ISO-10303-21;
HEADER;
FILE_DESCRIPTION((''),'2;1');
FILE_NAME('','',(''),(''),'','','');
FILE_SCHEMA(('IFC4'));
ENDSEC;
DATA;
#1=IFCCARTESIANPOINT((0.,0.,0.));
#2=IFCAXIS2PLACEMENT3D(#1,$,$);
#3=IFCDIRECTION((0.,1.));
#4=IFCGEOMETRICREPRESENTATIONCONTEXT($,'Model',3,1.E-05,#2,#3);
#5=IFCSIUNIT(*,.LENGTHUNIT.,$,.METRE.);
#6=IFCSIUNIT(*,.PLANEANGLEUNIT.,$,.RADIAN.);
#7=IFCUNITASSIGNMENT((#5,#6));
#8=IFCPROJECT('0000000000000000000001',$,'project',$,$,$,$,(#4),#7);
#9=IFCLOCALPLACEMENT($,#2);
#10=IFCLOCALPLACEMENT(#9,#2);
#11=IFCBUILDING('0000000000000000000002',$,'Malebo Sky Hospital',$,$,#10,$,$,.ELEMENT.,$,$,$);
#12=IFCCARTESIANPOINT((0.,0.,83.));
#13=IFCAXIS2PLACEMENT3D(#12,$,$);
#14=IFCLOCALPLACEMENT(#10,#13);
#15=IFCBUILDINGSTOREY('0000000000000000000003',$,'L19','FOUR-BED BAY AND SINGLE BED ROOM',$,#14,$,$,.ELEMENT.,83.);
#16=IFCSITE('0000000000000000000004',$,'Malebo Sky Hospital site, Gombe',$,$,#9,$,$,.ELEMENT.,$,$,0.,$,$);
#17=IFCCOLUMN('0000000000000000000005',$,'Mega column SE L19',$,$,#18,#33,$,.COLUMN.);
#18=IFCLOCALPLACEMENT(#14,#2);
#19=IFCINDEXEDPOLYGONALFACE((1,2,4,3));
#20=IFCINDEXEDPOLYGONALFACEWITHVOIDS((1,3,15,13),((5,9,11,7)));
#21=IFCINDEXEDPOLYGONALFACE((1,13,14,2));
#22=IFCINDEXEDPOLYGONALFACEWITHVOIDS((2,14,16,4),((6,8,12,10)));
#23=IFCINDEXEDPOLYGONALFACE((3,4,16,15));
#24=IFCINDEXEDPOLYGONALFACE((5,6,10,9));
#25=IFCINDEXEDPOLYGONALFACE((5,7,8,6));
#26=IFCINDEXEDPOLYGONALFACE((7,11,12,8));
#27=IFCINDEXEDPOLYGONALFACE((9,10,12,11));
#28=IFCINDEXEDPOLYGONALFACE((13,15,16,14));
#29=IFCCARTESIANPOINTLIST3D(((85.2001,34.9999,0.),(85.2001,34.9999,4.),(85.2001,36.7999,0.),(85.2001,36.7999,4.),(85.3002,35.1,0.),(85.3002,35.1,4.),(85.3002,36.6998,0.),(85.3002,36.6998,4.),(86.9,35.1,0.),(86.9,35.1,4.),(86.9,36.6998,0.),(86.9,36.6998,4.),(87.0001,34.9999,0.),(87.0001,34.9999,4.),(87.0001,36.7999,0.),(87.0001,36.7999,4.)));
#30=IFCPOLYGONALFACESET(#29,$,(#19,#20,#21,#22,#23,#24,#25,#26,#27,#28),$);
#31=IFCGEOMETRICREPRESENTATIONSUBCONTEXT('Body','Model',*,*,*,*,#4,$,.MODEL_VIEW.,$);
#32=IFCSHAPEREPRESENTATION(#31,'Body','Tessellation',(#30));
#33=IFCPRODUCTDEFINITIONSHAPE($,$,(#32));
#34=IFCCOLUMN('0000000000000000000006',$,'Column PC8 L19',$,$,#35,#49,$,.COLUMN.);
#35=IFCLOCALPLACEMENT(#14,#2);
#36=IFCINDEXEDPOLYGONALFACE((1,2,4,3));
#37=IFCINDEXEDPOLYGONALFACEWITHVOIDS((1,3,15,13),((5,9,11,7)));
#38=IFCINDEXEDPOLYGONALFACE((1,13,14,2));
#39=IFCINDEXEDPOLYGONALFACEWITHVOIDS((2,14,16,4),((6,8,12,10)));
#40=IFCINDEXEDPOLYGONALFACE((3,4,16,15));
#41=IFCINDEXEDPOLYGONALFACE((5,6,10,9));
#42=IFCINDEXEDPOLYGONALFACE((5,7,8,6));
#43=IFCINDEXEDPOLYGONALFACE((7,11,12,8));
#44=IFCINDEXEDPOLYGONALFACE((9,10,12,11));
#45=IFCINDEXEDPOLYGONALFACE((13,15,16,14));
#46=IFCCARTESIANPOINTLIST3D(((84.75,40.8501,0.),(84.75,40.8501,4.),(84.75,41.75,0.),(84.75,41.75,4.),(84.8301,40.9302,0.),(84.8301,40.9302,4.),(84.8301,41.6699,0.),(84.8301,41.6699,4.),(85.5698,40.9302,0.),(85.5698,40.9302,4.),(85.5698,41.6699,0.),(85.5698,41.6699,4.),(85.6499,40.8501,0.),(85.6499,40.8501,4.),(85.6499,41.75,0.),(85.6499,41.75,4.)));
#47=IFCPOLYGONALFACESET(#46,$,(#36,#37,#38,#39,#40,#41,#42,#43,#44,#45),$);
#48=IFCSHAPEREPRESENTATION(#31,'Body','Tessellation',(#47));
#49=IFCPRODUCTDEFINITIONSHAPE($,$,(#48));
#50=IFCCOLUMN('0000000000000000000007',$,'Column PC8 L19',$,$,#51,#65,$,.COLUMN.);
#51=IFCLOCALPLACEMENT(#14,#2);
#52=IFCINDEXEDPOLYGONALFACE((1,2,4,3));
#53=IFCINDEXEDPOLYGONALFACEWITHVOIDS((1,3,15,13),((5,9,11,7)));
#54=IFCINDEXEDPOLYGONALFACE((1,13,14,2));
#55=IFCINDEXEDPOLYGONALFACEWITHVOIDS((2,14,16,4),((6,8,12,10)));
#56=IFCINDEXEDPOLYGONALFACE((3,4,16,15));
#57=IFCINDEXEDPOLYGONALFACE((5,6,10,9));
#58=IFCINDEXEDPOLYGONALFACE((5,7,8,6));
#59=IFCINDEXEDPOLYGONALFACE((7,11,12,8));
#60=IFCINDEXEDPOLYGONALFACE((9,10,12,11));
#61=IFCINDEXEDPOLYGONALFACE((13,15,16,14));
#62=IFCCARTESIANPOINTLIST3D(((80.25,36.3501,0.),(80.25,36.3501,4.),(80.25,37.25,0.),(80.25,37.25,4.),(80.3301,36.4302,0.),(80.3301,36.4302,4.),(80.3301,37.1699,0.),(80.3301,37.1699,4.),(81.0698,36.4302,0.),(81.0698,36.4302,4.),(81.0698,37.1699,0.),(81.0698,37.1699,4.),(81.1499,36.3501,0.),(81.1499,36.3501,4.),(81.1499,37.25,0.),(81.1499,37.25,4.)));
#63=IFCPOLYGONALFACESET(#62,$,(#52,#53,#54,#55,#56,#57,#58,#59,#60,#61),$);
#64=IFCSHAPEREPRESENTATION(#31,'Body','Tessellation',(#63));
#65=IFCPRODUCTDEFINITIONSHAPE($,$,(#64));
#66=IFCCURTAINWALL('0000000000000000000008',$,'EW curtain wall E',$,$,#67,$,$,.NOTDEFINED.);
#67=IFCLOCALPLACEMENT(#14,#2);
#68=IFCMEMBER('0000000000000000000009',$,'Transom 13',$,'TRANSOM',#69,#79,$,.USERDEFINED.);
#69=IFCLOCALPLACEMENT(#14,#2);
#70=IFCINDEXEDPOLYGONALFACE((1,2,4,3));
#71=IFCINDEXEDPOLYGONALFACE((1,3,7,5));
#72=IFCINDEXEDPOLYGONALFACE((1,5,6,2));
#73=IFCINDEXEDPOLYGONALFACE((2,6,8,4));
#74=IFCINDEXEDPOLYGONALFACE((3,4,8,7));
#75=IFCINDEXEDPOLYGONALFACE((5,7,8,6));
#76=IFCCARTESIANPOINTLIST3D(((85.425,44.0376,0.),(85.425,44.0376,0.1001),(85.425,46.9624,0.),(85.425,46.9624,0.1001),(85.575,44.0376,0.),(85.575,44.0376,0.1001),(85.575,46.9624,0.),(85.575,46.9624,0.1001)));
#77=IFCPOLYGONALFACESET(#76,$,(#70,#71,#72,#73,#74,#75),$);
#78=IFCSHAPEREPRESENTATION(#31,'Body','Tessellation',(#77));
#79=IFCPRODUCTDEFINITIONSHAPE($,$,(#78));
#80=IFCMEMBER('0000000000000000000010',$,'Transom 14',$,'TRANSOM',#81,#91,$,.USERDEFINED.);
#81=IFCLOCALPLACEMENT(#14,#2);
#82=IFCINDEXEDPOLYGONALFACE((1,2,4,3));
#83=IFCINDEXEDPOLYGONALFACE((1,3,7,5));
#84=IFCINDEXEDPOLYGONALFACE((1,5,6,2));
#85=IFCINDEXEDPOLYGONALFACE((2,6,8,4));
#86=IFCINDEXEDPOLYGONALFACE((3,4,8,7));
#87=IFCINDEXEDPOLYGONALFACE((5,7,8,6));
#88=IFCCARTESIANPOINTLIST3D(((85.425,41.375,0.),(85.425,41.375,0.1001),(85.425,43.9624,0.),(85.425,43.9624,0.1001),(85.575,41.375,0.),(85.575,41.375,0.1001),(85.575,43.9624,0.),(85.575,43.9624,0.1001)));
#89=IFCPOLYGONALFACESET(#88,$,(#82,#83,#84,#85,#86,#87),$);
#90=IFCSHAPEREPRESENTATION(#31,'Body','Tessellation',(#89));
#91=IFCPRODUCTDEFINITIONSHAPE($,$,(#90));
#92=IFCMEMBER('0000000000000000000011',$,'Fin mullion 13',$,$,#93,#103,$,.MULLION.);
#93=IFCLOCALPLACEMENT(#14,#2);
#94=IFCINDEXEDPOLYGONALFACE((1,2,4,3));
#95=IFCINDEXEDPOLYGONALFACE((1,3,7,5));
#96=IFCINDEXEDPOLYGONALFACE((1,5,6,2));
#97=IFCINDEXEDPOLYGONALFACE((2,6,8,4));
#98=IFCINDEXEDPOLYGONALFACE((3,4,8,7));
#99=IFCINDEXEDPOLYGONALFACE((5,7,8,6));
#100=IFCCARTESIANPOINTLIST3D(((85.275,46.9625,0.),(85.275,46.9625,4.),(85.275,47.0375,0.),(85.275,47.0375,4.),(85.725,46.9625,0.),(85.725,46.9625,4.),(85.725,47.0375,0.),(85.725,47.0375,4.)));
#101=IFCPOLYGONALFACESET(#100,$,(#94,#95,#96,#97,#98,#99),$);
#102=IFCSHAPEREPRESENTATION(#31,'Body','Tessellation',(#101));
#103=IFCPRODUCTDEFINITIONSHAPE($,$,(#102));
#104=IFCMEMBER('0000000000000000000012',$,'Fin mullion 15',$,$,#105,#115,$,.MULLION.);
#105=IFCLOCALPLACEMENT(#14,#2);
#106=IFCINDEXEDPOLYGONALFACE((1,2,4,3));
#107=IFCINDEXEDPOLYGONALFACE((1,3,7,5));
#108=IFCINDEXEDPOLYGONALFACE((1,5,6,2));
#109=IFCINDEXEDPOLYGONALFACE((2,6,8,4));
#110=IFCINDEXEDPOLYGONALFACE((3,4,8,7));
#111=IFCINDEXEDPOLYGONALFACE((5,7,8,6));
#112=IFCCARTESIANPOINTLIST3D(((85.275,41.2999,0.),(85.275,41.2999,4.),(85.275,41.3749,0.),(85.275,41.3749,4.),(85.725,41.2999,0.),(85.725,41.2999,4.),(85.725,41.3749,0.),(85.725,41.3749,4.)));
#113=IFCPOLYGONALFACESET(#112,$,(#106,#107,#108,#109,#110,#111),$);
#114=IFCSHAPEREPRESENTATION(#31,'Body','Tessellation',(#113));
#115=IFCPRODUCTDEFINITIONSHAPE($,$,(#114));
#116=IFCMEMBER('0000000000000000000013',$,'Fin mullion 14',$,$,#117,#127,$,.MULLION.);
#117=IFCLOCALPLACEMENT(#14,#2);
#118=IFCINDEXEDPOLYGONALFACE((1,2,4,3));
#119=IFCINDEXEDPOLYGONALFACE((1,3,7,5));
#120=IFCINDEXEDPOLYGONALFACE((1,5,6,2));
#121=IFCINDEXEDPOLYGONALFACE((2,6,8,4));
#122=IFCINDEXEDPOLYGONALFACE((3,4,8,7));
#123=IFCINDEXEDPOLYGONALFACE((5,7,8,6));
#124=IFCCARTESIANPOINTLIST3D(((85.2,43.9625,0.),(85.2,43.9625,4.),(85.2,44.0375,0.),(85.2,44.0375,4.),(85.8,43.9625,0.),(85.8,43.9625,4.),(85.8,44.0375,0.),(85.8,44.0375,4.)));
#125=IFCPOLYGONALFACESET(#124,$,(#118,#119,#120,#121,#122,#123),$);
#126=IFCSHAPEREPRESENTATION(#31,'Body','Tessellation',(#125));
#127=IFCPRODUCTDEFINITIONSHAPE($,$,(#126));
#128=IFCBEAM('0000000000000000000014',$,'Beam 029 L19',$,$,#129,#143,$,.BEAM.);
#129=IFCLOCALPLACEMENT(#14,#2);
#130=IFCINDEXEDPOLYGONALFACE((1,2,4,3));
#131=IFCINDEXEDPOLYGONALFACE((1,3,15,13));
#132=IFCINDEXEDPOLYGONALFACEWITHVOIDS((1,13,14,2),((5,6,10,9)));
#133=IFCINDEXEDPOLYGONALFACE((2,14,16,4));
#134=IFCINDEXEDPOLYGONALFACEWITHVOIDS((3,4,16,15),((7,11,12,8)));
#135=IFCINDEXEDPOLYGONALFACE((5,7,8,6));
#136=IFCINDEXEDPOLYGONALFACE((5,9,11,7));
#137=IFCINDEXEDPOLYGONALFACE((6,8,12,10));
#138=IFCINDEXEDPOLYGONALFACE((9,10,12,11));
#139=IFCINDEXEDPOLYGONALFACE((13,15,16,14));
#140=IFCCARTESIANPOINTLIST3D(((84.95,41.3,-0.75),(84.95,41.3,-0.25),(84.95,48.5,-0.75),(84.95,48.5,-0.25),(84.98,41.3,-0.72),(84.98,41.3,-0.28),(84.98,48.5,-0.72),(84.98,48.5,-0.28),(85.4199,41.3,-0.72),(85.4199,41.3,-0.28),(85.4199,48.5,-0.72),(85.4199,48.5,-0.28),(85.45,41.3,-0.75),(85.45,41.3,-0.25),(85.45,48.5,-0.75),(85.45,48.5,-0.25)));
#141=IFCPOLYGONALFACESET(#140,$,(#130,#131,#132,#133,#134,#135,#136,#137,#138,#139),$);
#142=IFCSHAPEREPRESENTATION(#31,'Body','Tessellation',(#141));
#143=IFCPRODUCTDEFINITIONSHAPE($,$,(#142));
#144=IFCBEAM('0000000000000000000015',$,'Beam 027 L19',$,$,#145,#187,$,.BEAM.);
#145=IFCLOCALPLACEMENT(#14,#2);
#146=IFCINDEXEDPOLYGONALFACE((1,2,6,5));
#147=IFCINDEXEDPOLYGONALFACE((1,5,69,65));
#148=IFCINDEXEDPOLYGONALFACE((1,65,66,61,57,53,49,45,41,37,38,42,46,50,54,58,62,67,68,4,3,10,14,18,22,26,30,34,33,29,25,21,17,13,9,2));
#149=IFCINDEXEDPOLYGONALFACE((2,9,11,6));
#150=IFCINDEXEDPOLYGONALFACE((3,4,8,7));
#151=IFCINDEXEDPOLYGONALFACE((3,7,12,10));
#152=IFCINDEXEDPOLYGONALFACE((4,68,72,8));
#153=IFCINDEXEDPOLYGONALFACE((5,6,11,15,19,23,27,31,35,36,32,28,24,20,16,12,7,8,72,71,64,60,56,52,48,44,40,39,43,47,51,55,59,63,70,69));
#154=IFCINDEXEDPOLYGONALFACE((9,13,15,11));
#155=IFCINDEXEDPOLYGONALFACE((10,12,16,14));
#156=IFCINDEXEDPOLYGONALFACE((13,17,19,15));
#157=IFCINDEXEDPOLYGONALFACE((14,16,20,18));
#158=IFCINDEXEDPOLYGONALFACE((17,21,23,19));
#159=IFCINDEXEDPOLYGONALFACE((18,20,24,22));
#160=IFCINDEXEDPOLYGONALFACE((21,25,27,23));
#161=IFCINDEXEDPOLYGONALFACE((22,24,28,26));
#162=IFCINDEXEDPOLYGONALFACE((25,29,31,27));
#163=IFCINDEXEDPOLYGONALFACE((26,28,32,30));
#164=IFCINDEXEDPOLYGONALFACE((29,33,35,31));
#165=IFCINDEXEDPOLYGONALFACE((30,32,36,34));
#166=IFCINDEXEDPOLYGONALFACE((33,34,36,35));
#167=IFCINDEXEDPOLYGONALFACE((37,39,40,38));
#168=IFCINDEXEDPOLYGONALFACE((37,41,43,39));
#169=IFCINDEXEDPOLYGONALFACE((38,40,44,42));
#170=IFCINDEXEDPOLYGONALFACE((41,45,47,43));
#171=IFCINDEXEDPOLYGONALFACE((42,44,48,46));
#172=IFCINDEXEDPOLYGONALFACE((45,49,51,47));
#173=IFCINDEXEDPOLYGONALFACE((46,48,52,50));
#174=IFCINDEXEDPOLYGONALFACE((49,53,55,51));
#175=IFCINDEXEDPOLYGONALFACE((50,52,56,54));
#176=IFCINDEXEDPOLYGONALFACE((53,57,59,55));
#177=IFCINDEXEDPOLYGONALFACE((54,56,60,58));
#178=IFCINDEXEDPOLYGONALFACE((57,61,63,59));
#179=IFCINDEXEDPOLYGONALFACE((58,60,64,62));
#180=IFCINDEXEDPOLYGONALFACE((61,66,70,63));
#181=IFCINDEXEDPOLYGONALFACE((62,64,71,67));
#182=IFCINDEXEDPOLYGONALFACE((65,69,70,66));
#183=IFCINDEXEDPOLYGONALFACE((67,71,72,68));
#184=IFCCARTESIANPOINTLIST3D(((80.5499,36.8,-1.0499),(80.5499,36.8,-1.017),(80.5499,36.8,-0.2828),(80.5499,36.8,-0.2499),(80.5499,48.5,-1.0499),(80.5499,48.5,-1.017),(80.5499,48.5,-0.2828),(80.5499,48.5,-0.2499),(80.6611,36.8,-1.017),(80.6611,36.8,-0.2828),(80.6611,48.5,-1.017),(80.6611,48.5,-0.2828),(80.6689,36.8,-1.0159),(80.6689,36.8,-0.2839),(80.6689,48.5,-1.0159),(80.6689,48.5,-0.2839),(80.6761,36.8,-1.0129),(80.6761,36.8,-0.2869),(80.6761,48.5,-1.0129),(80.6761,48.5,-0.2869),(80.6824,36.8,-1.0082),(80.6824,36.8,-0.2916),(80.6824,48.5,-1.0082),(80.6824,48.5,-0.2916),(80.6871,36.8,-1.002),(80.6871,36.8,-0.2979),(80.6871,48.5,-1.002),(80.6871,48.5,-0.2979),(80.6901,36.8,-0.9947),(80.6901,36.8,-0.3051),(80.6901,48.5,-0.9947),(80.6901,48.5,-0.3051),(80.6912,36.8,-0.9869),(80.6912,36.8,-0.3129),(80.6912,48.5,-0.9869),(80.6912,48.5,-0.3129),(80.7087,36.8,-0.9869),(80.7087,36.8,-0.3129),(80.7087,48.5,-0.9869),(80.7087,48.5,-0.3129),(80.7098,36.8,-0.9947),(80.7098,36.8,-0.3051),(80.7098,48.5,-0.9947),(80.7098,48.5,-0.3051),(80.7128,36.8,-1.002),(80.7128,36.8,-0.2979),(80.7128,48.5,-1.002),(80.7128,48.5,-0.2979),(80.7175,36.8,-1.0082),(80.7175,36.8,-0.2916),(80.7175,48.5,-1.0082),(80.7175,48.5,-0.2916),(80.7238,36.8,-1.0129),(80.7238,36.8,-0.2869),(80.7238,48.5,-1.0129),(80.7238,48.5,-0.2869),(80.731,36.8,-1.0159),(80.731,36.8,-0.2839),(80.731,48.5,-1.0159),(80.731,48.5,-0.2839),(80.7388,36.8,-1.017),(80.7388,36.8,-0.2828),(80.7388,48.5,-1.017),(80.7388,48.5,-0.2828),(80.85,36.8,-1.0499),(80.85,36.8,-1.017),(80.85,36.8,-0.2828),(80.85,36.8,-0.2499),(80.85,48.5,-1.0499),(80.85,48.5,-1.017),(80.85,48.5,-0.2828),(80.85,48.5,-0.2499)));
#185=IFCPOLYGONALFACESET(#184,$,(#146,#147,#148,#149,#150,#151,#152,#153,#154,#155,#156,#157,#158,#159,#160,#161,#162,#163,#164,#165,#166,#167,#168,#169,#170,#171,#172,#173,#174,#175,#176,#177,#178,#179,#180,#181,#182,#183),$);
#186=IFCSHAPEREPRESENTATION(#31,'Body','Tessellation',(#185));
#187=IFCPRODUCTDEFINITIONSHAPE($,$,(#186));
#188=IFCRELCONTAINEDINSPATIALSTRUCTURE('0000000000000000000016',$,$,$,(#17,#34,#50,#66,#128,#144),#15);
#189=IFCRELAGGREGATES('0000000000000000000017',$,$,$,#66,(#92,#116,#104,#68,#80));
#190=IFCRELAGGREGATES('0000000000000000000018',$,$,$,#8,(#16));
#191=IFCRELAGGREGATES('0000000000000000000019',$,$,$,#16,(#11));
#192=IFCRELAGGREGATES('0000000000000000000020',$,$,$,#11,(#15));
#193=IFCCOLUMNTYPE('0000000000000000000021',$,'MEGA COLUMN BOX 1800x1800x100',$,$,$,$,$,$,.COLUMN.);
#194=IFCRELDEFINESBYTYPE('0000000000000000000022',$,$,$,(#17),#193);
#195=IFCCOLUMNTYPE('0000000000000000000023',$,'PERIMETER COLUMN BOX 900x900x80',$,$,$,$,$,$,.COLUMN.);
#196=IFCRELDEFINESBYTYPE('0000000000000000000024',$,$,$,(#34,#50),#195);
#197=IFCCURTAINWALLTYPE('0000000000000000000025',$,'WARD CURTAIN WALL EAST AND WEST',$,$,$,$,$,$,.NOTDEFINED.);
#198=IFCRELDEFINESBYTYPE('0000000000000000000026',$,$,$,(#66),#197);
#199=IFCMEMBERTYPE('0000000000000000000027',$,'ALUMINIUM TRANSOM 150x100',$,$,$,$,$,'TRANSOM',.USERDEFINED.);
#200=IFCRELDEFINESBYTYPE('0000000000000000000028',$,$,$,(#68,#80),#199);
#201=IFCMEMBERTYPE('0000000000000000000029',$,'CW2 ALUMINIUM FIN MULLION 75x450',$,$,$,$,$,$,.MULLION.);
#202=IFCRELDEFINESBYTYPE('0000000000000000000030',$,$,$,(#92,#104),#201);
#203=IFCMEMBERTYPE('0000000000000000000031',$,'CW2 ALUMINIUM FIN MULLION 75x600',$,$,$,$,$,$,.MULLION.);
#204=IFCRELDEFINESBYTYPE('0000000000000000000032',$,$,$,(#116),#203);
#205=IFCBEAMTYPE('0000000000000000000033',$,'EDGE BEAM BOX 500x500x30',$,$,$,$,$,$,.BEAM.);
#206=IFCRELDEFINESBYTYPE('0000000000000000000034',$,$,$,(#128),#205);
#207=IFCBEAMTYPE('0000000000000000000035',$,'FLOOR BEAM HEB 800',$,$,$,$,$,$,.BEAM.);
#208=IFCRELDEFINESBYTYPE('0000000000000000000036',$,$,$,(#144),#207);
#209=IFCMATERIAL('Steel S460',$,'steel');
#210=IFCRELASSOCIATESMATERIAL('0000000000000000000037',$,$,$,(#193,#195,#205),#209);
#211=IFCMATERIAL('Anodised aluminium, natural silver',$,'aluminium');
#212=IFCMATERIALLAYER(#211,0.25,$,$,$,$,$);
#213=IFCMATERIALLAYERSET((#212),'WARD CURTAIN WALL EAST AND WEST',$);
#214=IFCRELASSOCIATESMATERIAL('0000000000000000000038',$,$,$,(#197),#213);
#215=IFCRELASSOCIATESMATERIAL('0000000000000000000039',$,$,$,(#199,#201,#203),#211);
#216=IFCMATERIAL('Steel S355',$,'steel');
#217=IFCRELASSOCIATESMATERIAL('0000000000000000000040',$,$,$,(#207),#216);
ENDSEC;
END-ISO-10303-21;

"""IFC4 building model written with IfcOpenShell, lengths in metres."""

from ifc_helpers import new_model, si_unit, direction, frame, origin, origin_2d, place, context, subcontext, project, spatial, rectangle, hollow_rectangle, i_section, extrude, material, layer, layer_set, material_profile, profile_set, type_object, element, aggregate, save


model = new_model("IFC4")

# Units and contexts
model_context = context("Model", 3, precision=1e-05, world=origin(), true_north=direction((0.0, 1.0)))
body_context = subcontext(model_context, "Body", "Model", "MODEL_VIEW")
ifc_project = project(units=[si_unit("LENGTHUNIT", "METRE"), si_unit("PLANEANGLEUNIT", "RADIAN")], contexts=[model_context])

# Site, building, storey
site_placement = place(None, origin())
site = spatial("IfcSite", under=ifc_project, at=site_placement, Name="Malebo Sky Hospital site, Gombe", CompositionType="ELEMENT", RefElevation=0.0)
building_placement = place(site_placement, origin())
building = spatial("IfcBuilding", under=site, at=building_placement, Name="Malebo Sky Hospital", CompositionType="ELEMENT")
storey_placement = place(building_placement, frame((0.0, 0.0, 83.0)))
storey = spatial("IfcBuildingStorey", under=building, at=storey_placement, Name="L19", Description="FOUR-BED BAY AND SINGLE BED ROOM", CompositionType="ELEMENT", Elevation=83.0)

# Columns
ifc_material_1 = material(Name="Steel S460", Category="steel")
ifc_material_profile_1 = material_profile(ifc_material_1, hollow_rectangle(XDim=1.8, YDim=1.8, WallThickness=0.1001, at=origin_2d()), Name="BOX 1800x1800x100")
ifc_profile_set_1 = profile_set([ifc_material_profile_1], Name="Steel S460")
column_type_1 = type_object("IfcColumnType", Name="MEGA COLUMN BOX 1800x1800x100", PredefinedType="COLUMN", material=ifc_profile_set_1)
column_placement = place(storey_placement, frame((86.1001, 35.8999, 0.0), z_axis=(0.0, 0.0, 1.0), x_axis=(1.0, 0.0, 0.0)))
element("IfcColumn", 1, at=column_placement, inside=storey, type_object=column_type_1, Name="Mega column SE L19", PredefinedType="COLUMN", context=body_context, shape_type="SweptSolid", body=[
    extrude(hollow_rectangle(XDim=1.8, YDim=1.8, WallThickness=0.1001, at=origin_2d()), origin(), (0.0, 0.0, 1.0), 4.0),
])
ifc_material_profile_2 = material_profile(ifc_material_1, hollow_rectangle(XDim=0.8999, YDim=0.8999, WallThickness=0.0801, at=origin_2d()), Name="BOX 900x900x80")
ifc_profile_set_2 = profile_set([ifc_material_profile_2], Name="Steel S460")
column_type_2 = type_object("IfcColumnType", Name="PERIMETER COLUMN BOX 900x900x80", PredefinedType="COLUMN", material=ifc_profile_set_2)
for number, where, z_axis, x_axis, name in (
    (2, (85.2, 41.3, 0.0), (0.0, 0.0, 1.0), (1.0, 0.0, 0.0), "Column PC8 L19"),
    (3, (80.7, 36.8, 0.0), (0.0, 0.0, 1.0), (1.0, 0.0, 0.0), "Column PC8 L19"),
):
    element("IfcColumn", number, at=place(storey_placement, frame(where, z_axis=z_axis, x_axis=x_axis)), inside=storey, type_object=column_type_2, Name=name, PredefinedType="COLUMN", context=body_context, shape_type="SweptSolid", body=[
        extrude(hollow_rectangle(XDim=0.8999, YDim=0.8999, WallThickness=0.0801, at=origin_2d()), origin(), (0.0, 0.0, 1.0), 4.0),
    ])

# Curtain wall, members
ifc_material_2 = material(Name="Anodised aluminium, natural silver", Category="aluminium")
ifc_layer_1 = layer(ifc_material_2, 0.25)
ifc_layer_set_1 = layer_set([ifc_layer_1], Name="WARD CURTAIN WALL EAST AND WEST")
curtain_wall_type = type_object("IfcCurtainWallType", Name="WARD CURTAIN WALL EAST AND WEST", PredefinedType="NOTDEFINED", material=ifc_layer_set_1)
curtain_wall_placement = place(storey_placement, origin())
curtain_wall = element("IfcCurtainWall", 4, at=curtain_wall_placement, inside=storey, type_object=curtain_wall_type, Name="EW curtain wall E", PredefinedType="NOTDEFINED")
ifc_material_profile_3 = material_profile(ifc_material_2, rectangle(XDim=0.1499, YDim=0.1001, at=origin_2d()), Name="ALUMINIUM TRANSOM 150x100")
ifc_profile_set_3 = profile_set([ifc_material_profile_3], Name="Anodised aluminium, natural silver")
member_type_1 = type_object("IfcMemberType", Name="ALUMINIUM TRANSOM 150x100", ElementType="TRANSOM", PredefinedType="USERDEFINED", material=ifc_profile_set_3)
member_1_placement = place(storey_placement, frame((85.5, 46.9624, 0.05), z_axis=(0.0, -1.0, 0.0), x_axis=(1.0, 0.0, 0.0)))
member_1 = element("IfcMember", 5, at=member_1_placement, type_object=member_type_1, Name="Transom 13", ObjectType="TRANSOM", PredefinedType="USERDEFINED", context=body_context, shape_type="SweptSolid", body=[
    extrude(rectangle(XDim=0.1499, YDim=0.1001, at=origin_2d()), origin(), (0.0, 0.0, 1.0), 2.9248),
])
member_2_placement = place(storey_placement, frame((85.5, 43.9624, 0.05), z_axis=(0.0, -1.0, 0.0), x_axis=(1.0, 0.0, 0.0)))
member_2 = element("IfcMember", 6, at=member_2_placement, type_object=member_type_1, Name="Transom 14", ObjectType="TRANSOM", PredefinedType="USERDEFINED", context=body_context, shape_type="SweptSolid", body=[
    extrude(rectangle(XDim=0.1499, YDim=0.1001, at=origin_2d()), origin(), (0.0, 0.0, 1.0), 2.5874),
])
ifc_material_profile_4 = material_profile(ifc_material_2, rectangle(XDim=0.075, YDim=0.45, at=origin_2d()), Name="CW2 ALUMINIUM FIN MULLION 75x450")
ifc_profile_set_4 = profile_set([ifc_material_profile_4], Name="Anodised aluminium, natural silver")
member_type_2 = type_object("IfcMemberType", Name="CW2 ALUMINIUM FIN MULLION 75x450", PredefinedType="MULLION", material=ifc_profile_set_4)
member_3_placement = place(storey_placement, frame((85.5, 47.0, 0.0), z_axis=(0.0, 0.0, 1.0), x_axis=(0.0, -1.0, 0.0)))
member_3 = element("IfcMember", 7, at=member_3_placement, type_object=member_type_2, Name="Fin mullion 13", PredefinedType="MULLION", context=body_context, shape_type="SweptSolid", body=[
    extrude(rectangle(XDim=0.075, YDim=0.45, at=origin_2d()), origin(), (0.0, 0.0, 1.0), 4.0),
])
member_4_placement = place(storey_placement, frame((85.5, 41.3374, 0.0), z_axis=(0.0, 0.0, 1.0), x_axis=(0.0, -1.0, 0.0)))
member_4 = element("IfcMember", 8, at=member_4_placement, type_object=member_type_2, Name="Fin mullion 15", PredefinedType="MULLION", context=body_context, shape_type="SweptSolid", body=[
    extrude(rectangle(XDim=0.075, YDim=0.45, at=origin_2d()), origin(), (0.0, 0.0, 1.0), 4.0),
])
ifc_material_profile_5 = material_profile(ifc_material_2, rectangle(XDim=0.075, YDim=0.6001, at=origin_2d()), Name="CW2 ALUMINIUM FIN MULLION 75x600")
ifc_profile_set_5 = profile_set([ifc_material_profile_5], Name="Anodised aluminium, natural silver")
member_type_3 = type_object("IfcMemberType", Name="CW2 ALUMINIUM FIN MULLION 75x600", PredefinedType="MULLION", material=ifc_profile_set_5)
member_5_placement = place(storey_placement, frame((85.5, 44.0, 0.0), z_axis=(0.0, 0.0, 1.0), x_axis=(0.0, -1.0, 0.0)))
member_5 = element("IfcMember", 9, at=member_5_placement, type_object=member_type_3, Name="Fin mullion 14", PredefinedType="MULLION", context=body_context, shape_type="SweptSolid", body=[
    extrude(rectangle(XDim=0.075, YDim=0.6001, at=origin_2d()), origin(), (0.0, 0.0, 1.0), 4.0),
])

# Beams
ifc_material_profile_6 = material_profile(ifc_material_1, hollow_rectangle(XDim=0.5, YDim=0.5, WallThickness=0.03, at=origin_2d()), Name="BOX 500x500x30")
ifc_profile_set_6 = profile_set([ifc_material_profile_6], Name="Steel S460")
beam_type_1 = type_object("IfcBeamType", Name="EDGE BEAM BOX 500x500x30", PredefinedType="BEAM", material=ifc_profile_set_6)
beam_1_placement = place(storey_placement, frame((85.2, 41.3, -0.5), z_axis=(0.0, 1.0, 0.0), x_axis=(-1.0, 0.0, 0.0)))
element("IfcBeam", 10, at=beam_1_placement, inside=storey, type_object=beam_type_1, Name="Beam 029 L19", PredefinedType="BEAM", context=body_context, shape_type="SweptSolid", body=[
    extrude(hollow_rectangle(XDim=0.5, YDim=0.5, WallThickness=0.03, at=origin_2d()), origin(), (0.0, 0.0, 1.0), 7.2),
])
ifc_material_3 = material(Name="Steel S355", Category="steel")
ifc_material_profile_7 = material_profile(ifc_material_3, i_section(OverallWidth=0.3, OverallDepth=0.8, WebThickness=0.0176, FlangeThickness=0.033, FilletRadius=0.03, at=origin_2d()), Name="HEB 800")
ifc_profile_set_7 = profile_set([ifc_material_profile_7], Name="Steel S355")
beam_type_2 = type_object("IfcBeamType", Name="FLOOR BEAM HEB 800", PredefinedType="BEAM", material=ifc_profile_set_7)
beam_2_placement = place(storey_placement, frame((80.7, 36.8, -0.6499), z_axis=(0.0, 1.0, 0.0), x_axis=(-1.0, 0.0, 0.0)))
element("IfcBeam", 11, at=beam_2_placement, inside=storey, type_object=beam_type_2, Name="Beam 027 L19", PredefinedType="BEAM", context=body_context, shape_type="SweptSolid", body=[
    extrude(i_section(OverallWidth=0.3, OverallDepth=0.8, WebThickness=0.0176, FlangeThickness=0.033, FilletRadius=0.03, at=origin_2d()), origin(), (0.0, 0.0, 1.0), 11.7),
])

aggregate(curtain_wall, [member_3, member_5, member_4, member_1, member_2])

save(model, "model.ifc")
